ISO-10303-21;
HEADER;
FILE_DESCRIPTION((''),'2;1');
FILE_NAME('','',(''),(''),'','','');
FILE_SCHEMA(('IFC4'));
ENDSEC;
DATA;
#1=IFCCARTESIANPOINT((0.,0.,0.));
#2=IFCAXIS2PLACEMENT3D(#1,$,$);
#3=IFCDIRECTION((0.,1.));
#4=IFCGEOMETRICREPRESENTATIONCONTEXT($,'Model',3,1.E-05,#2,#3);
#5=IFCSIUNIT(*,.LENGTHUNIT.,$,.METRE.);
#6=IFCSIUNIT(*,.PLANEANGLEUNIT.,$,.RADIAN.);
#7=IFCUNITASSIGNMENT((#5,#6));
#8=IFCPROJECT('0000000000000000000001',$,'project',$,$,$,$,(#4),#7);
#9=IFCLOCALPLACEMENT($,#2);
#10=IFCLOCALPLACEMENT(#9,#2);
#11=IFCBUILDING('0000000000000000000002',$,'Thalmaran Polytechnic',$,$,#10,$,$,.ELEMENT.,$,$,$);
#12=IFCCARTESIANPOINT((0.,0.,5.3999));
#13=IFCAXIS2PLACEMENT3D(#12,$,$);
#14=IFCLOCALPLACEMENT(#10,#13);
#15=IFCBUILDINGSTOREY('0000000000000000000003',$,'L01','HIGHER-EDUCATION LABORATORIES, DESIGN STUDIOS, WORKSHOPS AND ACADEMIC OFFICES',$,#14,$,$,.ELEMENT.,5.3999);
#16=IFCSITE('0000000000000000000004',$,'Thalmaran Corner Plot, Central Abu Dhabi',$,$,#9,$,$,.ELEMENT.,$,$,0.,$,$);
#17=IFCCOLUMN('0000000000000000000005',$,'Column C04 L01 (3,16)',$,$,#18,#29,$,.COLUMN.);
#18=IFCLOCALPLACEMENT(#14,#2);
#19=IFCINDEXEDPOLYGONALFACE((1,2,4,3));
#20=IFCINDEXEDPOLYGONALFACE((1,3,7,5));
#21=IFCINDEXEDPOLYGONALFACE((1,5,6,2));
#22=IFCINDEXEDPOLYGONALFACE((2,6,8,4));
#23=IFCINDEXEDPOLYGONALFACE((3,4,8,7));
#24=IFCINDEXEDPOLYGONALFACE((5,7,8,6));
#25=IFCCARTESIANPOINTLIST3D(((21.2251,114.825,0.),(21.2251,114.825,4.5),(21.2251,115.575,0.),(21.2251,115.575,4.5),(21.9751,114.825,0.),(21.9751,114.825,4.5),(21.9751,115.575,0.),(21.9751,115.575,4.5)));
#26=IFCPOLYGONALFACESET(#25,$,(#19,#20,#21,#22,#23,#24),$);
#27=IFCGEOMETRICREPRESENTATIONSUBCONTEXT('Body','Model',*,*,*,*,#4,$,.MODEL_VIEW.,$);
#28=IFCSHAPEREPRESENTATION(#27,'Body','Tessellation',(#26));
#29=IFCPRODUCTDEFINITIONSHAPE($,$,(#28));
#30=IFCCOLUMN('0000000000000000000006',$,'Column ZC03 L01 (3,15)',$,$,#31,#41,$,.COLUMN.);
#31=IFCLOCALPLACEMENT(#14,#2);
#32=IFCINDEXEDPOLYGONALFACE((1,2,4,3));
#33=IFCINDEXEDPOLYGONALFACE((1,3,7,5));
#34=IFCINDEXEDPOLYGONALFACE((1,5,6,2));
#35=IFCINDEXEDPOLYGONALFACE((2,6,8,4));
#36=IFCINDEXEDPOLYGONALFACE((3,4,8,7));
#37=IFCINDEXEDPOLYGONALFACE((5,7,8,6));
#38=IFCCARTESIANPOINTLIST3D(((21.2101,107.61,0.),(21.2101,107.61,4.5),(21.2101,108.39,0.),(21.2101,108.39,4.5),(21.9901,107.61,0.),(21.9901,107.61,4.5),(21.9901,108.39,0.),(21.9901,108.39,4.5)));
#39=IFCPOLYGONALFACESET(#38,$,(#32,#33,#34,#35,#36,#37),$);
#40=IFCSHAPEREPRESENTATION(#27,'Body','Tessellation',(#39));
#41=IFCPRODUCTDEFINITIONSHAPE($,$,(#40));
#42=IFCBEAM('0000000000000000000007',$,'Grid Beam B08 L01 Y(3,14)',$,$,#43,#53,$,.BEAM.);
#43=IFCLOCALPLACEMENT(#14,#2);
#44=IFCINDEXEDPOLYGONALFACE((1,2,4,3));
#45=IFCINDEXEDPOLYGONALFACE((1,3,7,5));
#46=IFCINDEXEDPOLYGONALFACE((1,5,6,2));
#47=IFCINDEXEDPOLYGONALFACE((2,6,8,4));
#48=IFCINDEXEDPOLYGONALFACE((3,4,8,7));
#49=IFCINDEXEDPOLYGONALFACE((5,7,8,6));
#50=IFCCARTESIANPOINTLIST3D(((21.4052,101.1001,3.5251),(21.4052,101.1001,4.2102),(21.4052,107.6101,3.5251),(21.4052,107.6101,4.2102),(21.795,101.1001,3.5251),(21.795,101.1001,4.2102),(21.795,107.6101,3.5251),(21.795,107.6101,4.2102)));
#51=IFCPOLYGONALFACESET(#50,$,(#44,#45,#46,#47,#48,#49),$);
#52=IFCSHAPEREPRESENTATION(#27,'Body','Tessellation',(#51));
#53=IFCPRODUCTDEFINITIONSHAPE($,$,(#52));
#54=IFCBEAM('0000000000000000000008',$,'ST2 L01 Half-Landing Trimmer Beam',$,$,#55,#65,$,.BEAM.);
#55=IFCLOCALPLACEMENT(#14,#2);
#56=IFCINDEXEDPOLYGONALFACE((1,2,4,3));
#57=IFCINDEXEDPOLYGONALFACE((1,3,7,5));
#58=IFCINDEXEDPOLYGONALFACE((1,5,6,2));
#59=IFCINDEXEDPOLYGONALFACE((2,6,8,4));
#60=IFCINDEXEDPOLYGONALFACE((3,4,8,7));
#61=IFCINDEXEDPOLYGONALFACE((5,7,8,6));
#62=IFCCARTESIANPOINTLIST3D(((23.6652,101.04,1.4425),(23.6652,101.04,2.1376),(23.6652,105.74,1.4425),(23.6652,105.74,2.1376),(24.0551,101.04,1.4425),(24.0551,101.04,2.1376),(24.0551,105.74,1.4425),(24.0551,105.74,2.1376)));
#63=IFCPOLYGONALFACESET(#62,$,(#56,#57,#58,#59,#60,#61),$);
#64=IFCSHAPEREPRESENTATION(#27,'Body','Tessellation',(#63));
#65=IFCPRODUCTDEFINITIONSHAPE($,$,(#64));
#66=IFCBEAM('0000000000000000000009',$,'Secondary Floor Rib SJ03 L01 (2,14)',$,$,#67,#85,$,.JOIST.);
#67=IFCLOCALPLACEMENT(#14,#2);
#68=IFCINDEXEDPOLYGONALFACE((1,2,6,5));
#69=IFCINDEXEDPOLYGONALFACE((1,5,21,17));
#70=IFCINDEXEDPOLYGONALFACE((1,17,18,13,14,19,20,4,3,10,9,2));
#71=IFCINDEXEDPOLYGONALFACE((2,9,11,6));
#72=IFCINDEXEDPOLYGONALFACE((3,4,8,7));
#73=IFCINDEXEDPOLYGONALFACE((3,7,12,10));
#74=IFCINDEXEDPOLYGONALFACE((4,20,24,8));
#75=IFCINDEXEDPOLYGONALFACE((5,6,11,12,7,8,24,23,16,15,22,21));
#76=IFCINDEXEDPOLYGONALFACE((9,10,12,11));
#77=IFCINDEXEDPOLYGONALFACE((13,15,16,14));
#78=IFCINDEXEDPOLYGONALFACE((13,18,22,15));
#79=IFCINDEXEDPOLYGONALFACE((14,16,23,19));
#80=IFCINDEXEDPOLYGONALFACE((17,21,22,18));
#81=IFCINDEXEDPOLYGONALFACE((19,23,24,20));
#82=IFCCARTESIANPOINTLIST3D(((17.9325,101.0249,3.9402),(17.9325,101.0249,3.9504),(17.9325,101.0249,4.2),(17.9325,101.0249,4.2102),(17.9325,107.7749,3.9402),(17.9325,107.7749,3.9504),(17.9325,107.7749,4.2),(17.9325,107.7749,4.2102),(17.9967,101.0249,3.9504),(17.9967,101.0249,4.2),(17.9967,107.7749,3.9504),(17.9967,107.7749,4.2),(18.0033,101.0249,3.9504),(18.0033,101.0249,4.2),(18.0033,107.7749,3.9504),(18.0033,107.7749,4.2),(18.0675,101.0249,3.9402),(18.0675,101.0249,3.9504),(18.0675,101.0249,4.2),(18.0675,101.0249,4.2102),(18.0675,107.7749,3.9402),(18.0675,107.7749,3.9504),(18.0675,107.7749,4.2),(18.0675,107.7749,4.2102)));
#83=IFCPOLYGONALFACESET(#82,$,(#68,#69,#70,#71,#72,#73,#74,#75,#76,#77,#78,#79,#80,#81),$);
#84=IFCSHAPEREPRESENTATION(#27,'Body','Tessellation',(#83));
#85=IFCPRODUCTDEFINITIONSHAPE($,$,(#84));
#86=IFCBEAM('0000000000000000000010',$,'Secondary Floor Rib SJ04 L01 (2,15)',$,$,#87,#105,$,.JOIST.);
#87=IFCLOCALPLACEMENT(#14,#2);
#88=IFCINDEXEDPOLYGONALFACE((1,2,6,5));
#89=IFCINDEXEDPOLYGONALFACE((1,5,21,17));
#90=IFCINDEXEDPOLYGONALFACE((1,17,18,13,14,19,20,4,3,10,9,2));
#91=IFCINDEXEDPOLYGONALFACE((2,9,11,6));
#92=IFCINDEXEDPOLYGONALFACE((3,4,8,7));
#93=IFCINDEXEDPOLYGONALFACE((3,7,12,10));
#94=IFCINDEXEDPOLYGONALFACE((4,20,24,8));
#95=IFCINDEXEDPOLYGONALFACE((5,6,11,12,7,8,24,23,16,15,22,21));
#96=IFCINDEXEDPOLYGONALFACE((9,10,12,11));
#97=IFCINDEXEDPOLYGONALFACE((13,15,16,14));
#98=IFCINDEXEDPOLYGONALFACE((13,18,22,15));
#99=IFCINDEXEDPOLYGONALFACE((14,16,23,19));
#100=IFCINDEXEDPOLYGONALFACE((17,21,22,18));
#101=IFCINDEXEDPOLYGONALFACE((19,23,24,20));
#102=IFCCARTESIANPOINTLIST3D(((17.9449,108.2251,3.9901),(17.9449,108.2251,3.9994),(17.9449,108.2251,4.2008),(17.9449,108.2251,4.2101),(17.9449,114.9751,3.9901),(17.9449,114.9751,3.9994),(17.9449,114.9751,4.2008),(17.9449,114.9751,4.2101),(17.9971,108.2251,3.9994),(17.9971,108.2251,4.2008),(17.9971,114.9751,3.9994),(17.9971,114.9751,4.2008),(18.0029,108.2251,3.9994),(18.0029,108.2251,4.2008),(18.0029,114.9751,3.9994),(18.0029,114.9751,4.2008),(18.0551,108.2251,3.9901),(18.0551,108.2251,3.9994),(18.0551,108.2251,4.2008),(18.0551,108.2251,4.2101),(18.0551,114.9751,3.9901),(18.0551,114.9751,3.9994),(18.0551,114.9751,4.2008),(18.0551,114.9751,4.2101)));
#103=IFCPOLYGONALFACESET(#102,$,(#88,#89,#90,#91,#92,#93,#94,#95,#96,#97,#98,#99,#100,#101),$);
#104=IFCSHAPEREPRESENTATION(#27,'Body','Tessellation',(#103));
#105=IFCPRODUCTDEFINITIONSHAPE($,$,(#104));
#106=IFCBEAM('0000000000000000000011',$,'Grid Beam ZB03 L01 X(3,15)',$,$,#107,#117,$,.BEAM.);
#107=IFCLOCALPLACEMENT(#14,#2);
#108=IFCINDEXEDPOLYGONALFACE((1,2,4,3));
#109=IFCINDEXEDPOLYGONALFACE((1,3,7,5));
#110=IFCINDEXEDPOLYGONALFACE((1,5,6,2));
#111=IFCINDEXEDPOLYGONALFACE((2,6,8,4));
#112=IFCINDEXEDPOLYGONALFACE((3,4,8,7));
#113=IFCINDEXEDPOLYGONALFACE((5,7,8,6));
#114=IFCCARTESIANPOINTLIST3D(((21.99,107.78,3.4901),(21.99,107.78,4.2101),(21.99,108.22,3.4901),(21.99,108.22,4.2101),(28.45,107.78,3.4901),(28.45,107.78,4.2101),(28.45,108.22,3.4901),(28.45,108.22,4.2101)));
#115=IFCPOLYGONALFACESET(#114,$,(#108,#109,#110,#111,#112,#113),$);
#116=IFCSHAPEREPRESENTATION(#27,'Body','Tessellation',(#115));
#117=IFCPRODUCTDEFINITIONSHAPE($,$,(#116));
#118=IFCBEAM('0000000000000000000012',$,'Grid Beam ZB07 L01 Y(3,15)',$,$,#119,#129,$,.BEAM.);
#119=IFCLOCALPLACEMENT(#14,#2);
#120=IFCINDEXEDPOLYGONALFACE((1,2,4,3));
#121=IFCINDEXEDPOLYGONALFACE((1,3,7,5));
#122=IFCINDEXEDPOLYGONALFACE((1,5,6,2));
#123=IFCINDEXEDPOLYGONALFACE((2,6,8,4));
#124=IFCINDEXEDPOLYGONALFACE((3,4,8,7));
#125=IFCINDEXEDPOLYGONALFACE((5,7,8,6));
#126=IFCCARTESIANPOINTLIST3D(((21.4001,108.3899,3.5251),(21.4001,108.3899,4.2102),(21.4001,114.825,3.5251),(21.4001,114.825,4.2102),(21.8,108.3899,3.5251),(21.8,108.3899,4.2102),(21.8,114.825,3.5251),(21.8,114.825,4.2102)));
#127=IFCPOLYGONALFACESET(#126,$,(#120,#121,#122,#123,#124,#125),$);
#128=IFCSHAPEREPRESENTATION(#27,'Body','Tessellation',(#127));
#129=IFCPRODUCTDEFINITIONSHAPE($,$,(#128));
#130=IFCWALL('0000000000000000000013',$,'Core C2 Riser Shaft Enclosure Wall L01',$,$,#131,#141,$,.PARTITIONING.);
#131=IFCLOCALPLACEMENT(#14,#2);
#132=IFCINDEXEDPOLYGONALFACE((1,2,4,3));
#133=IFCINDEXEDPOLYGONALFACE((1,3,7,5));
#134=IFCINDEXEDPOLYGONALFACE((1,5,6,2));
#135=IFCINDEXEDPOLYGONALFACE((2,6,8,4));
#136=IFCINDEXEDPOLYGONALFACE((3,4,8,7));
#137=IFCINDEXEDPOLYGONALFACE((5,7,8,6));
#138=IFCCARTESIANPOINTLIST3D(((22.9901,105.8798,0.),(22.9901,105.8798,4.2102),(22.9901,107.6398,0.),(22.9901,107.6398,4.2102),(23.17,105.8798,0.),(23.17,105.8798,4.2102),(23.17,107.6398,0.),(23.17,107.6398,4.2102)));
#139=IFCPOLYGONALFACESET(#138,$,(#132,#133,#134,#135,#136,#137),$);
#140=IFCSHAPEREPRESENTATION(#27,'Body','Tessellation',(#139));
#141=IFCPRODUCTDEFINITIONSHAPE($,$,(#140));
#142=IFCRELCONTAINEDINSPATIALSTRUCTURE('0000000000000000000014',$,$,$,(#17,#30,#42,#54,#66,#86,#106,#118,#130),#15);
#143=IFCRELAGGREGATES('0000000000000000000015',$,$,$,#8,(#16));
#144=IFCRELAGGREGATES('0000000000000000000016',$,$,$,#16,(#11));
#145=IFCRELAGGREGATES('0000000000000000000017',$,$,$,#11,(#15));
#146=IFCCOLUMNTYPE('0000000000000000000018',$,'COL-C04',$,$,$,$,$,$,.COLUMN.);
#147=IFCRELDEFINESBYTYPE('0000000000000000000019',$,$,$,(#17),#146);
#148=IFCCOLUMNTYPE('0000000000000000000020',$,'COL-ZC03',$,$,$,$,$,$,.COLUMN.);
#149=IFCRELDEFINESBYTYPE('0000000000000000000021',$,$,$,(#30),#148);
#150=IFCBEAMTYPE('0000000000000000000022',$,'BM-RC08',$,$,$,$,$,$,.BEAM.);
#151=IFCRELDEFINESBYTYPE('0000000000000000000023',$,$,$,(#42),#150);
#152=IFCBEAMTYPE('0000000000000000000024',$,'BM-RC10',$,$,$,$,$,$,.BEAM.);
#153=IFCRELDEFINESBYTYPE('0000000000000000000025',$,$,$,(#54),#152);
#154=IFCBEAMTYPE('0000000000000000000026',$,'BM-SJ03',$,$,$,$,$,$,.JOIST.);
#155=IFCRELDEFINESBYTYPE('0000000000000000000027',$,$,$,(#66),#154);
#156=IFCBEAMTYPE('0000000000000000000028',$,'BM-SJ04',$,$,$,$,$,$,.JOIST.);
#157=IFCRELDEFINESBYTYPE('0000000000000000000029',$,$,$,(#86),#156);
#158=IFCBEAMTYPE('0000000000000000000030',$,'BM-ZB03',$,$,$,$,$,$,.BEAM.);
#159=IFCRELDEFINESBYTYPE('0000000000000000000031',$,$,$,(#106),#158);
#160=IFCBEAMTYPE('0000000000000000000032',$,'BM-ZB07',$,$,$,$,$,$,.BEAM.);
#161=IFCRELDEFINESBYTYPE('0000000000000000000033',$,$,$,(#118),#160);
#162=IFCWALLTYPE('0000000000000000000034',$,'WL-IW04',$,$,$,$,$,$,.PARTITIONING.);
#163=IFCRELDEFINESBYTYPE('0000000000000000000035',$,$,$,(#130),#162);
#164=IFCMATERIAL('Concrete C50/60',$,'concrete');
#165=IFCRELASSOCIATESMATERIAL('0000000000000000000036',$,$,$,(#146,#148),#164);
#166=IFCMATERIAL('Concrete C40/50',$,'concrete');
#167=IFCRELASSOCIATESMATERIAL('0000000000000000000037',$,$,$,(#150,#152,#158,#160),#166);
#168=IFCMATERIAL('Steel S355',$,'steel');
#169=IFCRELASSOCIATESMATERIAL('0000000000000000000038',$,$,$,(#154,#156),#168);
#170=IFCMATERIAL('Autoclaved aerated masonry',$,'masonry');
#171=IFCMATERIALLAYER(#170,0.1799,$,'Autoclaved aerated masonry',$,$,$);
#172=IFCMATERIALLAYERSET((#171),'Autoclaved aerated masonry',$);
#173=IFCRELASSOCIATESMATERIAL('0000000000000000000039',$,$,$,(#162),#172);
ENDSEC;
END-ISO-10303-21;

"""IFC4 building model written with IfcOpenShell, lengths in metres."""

from ifc_helpers import new_model, si_unit, direction, frame, frame_2d, origin, origin_2d, place, context, subcontext, project, spatial, rectangle, i_section, extrude, material, layer, layer_set, material_profile, profile_set, type_object, element, save


model = new_model("IFC4")

# Units and contexts
model_context = context("Model", 3, precision=1e-05, world=origin(), true_north=direction((0.0, 1.0)))
body_context = subcontext(model_context, "Body", "Model", "MODEL_VIEW")
ifc_project = project(units=[si_unit("LENGTHUNIT", "METRE"), si_unit("PLANEANGLEUNIT", "RADIAN")], contexts=[model_context])

# Site, building, storey
site_placement = place(None, origin())
site = spatial("IfcSite", under=ifc_project, at=site_placement, Name="Thalmaran Corner Plot, Central Abu Dhabi", CompositionType="ELEMENT", RefElevation=0.0)
building_placement = place(site_placement, origin())
building = spatial("IfcBuilding", under=site, at=building_placement, Name="Thalmaran Polytechnic", CompositionType="ELEMENT")
storey_placement = place(building_placement, frame((0.0, 0.0, 5.3999)))
storey = spatial("IfcBuildingStorey", under=building, at=storey_placement, Name="L01", Description="HIGHER-EDUCATION LABORATORIES, DESIGN STUDIOS, WORKSHOPS AND ACADEMIC OFFICES", CompositionType="ELEMENT", Elevation=5.3999)

# Columns
ifc_material_1 = material(Name="Concrete C50/60", Category="concrete")
ifc_material_profile_1 = material_profile(ifc_material_1, rectangle(XDim=0.75, YDim=0.75, at=origin_2d()), Name="RC 750x750")
ifc_profile_set_1 = profile_set([ifc_material_profile_1], Name="Concrete C50/60")
column_type_1 = type_object("IfcColumnType", Name="COL-C04", PredefinedType="COLUMN", material=ifc_profile_set_1)
column_1_placement = place(storey_placement, frame((21.6001, 115.2, 0.0), z_axis=(0.0, 0.0, 1.0), x_axis=(1.0, 0.0, 0.0)))
element("IfcColumn", 1, at=column_1_placement, inside=storey, type_object=column_type_1, Name="Column C04 L01 (3,16)", PredefinedType="COLUMN", context=body_context, shape_type="SweptSolid", body=[
    extrude(rectangle(XDim=0.75, YDim=0.75, at=origin_2d()), origin(), (0.0, 0.0, 1.0), 4.5),
])
ifc_material_profile_2 = material_profile(ifc_material_1, rectangle(XDim=0.78, YDim=0.78, at=origin_2d()), Name="RC 780x780")
ifc_profile_set_2 = profile_set([ifc_material_profile_2], Name="Concrete C50/60")
column_type_2 = type_object("IfcColumnType", Name="COL-ZC03", PredefinedType="COLUMN", material=ifc_profile_set_2)
column_2_placement = place(storey_placement, frame((21.6001, 108.0, 0.0), z_axis=(0.0, 0.0, 1.0), x_axis=(1.0, 0.0, 0.0)))
element("IfcColumn", 2, at=column_2_placement, inside=storey, type_object=column_type_2, Name="Column ZC03 L01 (3,15)", PredefinedType="COLUMN", context=body_context, shape_type="SweptSolid", body=[
    extrude(rectangle(XDim=0.78, YDim=0.78, at=origin_2d()), origin(), (0.0, 0.0, 1.0), 4.5),
])

# Beams
ifc_material_2 = material(Name="Concrete C40/50", Category="concrete")
ifc_material_profile_3 = material_profile(ifc_material_2, rectangle(XDim=0.3899, YDim=0.6851, at=origin_2d()), Name="RC 390x685")
ifc_profile_set_3 = profile_set([ifc_material_profile_3], Name="Concrete C40/50")
beam_type_1 = type_object("IfcBeamType", Name="BM-RC08", PredefinedType="BEAM", material=ifc_profile_set_3)
beam_1_placement = place(storey_placement, frame((21.6001, 101.1001, 3.8677), z_axis=(0.0, 1.0, 0.0), x_axis=(-1.0, 0.0, 0.0)))
element("IfcBeam", 3, at=beam_1_placement, inside=storey, type_object=beam_type_1, Name="Grid Beam B08 L01 Y(3,14)", PredefinedType="BEAM", context=body_context, shape_type="SweptSolid", body=[
    extrude(rectangle(XDim=0.3899, YDim=0.6851, at=origin_2d()), origin(), (0.0, 0.0, 1.0), 6.51),
])
ifc_material_profile_4 = material_profile(ifc_material_2, rectangle(XDim=0.3899, YDim=0.6951, at=origin_2d()), Name="RC 390x695")
ifc_profile_set_4 = profile_set([ifc_material_profile_4], Name="Concrete C40/50")
beam_type_2 = type_object("IfcBeamType", Name="BM-RC10", PredefinedType="BEAM", material=ifc_profile_set_4)
beam_2_placement = place(storey_placement, frame((23.8601, 101.04, 1.79), z_axis=(0.0, 1.0, 0.0), x_axis=(-1.0, 0.0, 0.0)))
element("IfcBeam", 4, at=beam_2_placement, inside=storey, type_object=beam_type_2, Name="ST2 L01 Half-Landing Trimmer Beam", PredefinedType="BEAM", context=body_context, shape_type="SweptSolid", body=[
    extrude(rectangle(XDim=0.3899, YDim=0.6951, at=origin_2d()), origin(), (0.0, 0.0, 1.0), 4.7),
])
ifc_material_3 = material(Name="Steel S355", Category="steel")
ifc_material_profile_5 = material_profile(ifc_material_3, i_section(OverallWidth=0.135, OverallDepth=0.27, WebThickness=0.0066, FlangeThickness=0.0103, at=origin_2d()), Name="IPE 270")
ifc_profile_set_5 = profile_set([ifc_material_profile_5], Name="Steel S355")
beam_type_3 = type_object("IfcBeamType", Name="BM-SJ03", PredefinedType="JOIST", material=ifc_profile_set_5)
beam_3_placement = place(storey_placement, frame((18.0, 101.0249, 4.0752), z_axis=(0.0, 1.0, 0.0), x_axis=(-1.0, 0.0, 0.0)))
element("IfcBeam", 5, at=beam_3_placement, inside=storey, type_object=beam_type_3, Name="Secondary Floor Rib SJ03 L01 (2,14)", PredefinedType="JOIST", context=body_context, shape_type="SweptSolid", body=[
    extrude(i_section(OverallWidth=0.135, OverallDepth=0.27, WebThickness=0.0066, FlangeThickness=0.0103, at=origin_2d()), origin(), (0.0, 0.0, 1.0), 6.75),
])
ifc_material_profile_6 = material_profile(ifc_material_3, i_section(OverallWidth=0.1101, OverallDepth=0.22, WebThickness=0.0059, FlangeThickness=0.0093, at=origin_2d()), Name="IPE 220")
ifc_profile_set_6 = profile_set([ifc_material_profile_6], Name="Steel S355")
beam_type_4 = type_object("IfcBeamType", Name="BM-SJ04", PredefinedType="JOIST", material=ifc_profile_set_6)
beam_4_placement = place(storey_placement, frame((18.0, 108.2251, 4.1001), z_axis=(0.0, 1.0, 0.0), x_axis=(-1.0, 0.0, 0.0)))
element("IfcBeam", 6, at=beam_4_placement, inside=storey, type_object=beam_type_4, Name="Secondary Floor Rib SJ04 L01 (2,15)", PredefinedType="JOIST", context=body_context, shape_type="SweptSolid", body=[
    extrude(i_section(OverallWidth=0.1101, OverallDepth=0.22, WebThickness=0.0059, FlangeThickness=0.0093, at=origin_2d()), origin(), (0.0, 0.0, 1.0), 6.75),
])
ifc_material_profile_7 = material_profile(ifc_material_2, rectangle(XDim=0.4399, YDim=0.72, at=origin_2d()), Name="RC 440x720")
ifc_profile_set_7 = profile_set([ifc_material_profile_7], Name="Concrete C40/50")
beam_type_5 = type_object("IfcBeamType", Name="BM-ZB03", PredefinedType="BEAM", material=ifc_profile_set_7)
beam_5_placement = place(storey_placement, frame((21.99, 108.0, 3.8501), z_axis=(1.0, 0.0, 0.0), x_axis=(0.0, 1.0, 0.0)))
element("IfcBeam", 7, at=beam_5_placement, inside=storey, type_object=beam_type_5, Name="Grid Beam ZB03 L01 X(3,15)", PredefinedType="BEAM", context=body_context, shape_type="SweptSolid", body=[
    extrude(rectangle(XDim=0.4399, YDim=0.72, at=origin_2d()), origin(), (0.0, 0.0, 1.0), 6.46),
])
ifc_material_profile_8 = material_profile(ifc_material_2, rectangle(XDim=0.3999, YDim=0.6851, at=origin_2d()), Name="RC 400x685")
ifc_profile_set_8 = profile_set([ifc_material_profile_8], Name="Concrete C40/50")
beam_type_6 = type_object("IfcBeamType", Name="BM-ZB07", PredefinedType="BEAM", material=ifc_profile_set_8)
beam_6_placement = place(storey_placement, frame((21.6001, 108.3899, 3.8677), z_axis=(0.0, 1.0, 0.0), x_axis=(-1.0, 0.0, 0.0)))
element("IfcBeam", 8, at=beam_6_placement, inside=storey, type_object=beam_type_6, Name="Grid Beam ZB07 L01 Y(3,15)", PredefinedType="BEAM", context=body_context, shape_type="SweptSolid", body=[
    extrude(rectangle(XDim=0.3999, YDim=0.6851, at=origin_2d()), origin(), (0.0, 0.0, 1.0), 6.4351),
])

# Wall
ifc_material_4 = material(Name="Autoclaved aerated masonry", Category="masonry")
ifc_layer_1 = layer(ifc_material_4, 0.1799, Name="Autoclaved aerated masonry")
ifc_layer_set_1 = layer_set([ifc_layer_1], Name="Autoclaved aerated masonry")
wall_type_1 = type_object("IfcWallType", Name="WL-IW04", PredefinedType="PARTITIONING", material=ifc_layer_set_1)
wall_1_placement = place(storey_placement, frame((23.0801, 105.8799, 0.0), z_axis=(0.0, 0.0, 1.0), x_axis=(0.0, 1.0, 0.0)))
element("IfcWall", 9, at=wall_1_placement, inside=storey, type_object=wall_type_1, Name="Core C2 Riser Shaft Enclosure Wall L01", PredefinedType="PARTITIONING", context=body_context, shape_type="SweptSolid", body=[
    extrude(rectangle(XDim=1.76, YDim=0.1799, at=frame_2d((0.8799, 0.0))), origin(), (0.0, 0.0, 1.0), 4.2102),
])

save(model, "model.ifc")
